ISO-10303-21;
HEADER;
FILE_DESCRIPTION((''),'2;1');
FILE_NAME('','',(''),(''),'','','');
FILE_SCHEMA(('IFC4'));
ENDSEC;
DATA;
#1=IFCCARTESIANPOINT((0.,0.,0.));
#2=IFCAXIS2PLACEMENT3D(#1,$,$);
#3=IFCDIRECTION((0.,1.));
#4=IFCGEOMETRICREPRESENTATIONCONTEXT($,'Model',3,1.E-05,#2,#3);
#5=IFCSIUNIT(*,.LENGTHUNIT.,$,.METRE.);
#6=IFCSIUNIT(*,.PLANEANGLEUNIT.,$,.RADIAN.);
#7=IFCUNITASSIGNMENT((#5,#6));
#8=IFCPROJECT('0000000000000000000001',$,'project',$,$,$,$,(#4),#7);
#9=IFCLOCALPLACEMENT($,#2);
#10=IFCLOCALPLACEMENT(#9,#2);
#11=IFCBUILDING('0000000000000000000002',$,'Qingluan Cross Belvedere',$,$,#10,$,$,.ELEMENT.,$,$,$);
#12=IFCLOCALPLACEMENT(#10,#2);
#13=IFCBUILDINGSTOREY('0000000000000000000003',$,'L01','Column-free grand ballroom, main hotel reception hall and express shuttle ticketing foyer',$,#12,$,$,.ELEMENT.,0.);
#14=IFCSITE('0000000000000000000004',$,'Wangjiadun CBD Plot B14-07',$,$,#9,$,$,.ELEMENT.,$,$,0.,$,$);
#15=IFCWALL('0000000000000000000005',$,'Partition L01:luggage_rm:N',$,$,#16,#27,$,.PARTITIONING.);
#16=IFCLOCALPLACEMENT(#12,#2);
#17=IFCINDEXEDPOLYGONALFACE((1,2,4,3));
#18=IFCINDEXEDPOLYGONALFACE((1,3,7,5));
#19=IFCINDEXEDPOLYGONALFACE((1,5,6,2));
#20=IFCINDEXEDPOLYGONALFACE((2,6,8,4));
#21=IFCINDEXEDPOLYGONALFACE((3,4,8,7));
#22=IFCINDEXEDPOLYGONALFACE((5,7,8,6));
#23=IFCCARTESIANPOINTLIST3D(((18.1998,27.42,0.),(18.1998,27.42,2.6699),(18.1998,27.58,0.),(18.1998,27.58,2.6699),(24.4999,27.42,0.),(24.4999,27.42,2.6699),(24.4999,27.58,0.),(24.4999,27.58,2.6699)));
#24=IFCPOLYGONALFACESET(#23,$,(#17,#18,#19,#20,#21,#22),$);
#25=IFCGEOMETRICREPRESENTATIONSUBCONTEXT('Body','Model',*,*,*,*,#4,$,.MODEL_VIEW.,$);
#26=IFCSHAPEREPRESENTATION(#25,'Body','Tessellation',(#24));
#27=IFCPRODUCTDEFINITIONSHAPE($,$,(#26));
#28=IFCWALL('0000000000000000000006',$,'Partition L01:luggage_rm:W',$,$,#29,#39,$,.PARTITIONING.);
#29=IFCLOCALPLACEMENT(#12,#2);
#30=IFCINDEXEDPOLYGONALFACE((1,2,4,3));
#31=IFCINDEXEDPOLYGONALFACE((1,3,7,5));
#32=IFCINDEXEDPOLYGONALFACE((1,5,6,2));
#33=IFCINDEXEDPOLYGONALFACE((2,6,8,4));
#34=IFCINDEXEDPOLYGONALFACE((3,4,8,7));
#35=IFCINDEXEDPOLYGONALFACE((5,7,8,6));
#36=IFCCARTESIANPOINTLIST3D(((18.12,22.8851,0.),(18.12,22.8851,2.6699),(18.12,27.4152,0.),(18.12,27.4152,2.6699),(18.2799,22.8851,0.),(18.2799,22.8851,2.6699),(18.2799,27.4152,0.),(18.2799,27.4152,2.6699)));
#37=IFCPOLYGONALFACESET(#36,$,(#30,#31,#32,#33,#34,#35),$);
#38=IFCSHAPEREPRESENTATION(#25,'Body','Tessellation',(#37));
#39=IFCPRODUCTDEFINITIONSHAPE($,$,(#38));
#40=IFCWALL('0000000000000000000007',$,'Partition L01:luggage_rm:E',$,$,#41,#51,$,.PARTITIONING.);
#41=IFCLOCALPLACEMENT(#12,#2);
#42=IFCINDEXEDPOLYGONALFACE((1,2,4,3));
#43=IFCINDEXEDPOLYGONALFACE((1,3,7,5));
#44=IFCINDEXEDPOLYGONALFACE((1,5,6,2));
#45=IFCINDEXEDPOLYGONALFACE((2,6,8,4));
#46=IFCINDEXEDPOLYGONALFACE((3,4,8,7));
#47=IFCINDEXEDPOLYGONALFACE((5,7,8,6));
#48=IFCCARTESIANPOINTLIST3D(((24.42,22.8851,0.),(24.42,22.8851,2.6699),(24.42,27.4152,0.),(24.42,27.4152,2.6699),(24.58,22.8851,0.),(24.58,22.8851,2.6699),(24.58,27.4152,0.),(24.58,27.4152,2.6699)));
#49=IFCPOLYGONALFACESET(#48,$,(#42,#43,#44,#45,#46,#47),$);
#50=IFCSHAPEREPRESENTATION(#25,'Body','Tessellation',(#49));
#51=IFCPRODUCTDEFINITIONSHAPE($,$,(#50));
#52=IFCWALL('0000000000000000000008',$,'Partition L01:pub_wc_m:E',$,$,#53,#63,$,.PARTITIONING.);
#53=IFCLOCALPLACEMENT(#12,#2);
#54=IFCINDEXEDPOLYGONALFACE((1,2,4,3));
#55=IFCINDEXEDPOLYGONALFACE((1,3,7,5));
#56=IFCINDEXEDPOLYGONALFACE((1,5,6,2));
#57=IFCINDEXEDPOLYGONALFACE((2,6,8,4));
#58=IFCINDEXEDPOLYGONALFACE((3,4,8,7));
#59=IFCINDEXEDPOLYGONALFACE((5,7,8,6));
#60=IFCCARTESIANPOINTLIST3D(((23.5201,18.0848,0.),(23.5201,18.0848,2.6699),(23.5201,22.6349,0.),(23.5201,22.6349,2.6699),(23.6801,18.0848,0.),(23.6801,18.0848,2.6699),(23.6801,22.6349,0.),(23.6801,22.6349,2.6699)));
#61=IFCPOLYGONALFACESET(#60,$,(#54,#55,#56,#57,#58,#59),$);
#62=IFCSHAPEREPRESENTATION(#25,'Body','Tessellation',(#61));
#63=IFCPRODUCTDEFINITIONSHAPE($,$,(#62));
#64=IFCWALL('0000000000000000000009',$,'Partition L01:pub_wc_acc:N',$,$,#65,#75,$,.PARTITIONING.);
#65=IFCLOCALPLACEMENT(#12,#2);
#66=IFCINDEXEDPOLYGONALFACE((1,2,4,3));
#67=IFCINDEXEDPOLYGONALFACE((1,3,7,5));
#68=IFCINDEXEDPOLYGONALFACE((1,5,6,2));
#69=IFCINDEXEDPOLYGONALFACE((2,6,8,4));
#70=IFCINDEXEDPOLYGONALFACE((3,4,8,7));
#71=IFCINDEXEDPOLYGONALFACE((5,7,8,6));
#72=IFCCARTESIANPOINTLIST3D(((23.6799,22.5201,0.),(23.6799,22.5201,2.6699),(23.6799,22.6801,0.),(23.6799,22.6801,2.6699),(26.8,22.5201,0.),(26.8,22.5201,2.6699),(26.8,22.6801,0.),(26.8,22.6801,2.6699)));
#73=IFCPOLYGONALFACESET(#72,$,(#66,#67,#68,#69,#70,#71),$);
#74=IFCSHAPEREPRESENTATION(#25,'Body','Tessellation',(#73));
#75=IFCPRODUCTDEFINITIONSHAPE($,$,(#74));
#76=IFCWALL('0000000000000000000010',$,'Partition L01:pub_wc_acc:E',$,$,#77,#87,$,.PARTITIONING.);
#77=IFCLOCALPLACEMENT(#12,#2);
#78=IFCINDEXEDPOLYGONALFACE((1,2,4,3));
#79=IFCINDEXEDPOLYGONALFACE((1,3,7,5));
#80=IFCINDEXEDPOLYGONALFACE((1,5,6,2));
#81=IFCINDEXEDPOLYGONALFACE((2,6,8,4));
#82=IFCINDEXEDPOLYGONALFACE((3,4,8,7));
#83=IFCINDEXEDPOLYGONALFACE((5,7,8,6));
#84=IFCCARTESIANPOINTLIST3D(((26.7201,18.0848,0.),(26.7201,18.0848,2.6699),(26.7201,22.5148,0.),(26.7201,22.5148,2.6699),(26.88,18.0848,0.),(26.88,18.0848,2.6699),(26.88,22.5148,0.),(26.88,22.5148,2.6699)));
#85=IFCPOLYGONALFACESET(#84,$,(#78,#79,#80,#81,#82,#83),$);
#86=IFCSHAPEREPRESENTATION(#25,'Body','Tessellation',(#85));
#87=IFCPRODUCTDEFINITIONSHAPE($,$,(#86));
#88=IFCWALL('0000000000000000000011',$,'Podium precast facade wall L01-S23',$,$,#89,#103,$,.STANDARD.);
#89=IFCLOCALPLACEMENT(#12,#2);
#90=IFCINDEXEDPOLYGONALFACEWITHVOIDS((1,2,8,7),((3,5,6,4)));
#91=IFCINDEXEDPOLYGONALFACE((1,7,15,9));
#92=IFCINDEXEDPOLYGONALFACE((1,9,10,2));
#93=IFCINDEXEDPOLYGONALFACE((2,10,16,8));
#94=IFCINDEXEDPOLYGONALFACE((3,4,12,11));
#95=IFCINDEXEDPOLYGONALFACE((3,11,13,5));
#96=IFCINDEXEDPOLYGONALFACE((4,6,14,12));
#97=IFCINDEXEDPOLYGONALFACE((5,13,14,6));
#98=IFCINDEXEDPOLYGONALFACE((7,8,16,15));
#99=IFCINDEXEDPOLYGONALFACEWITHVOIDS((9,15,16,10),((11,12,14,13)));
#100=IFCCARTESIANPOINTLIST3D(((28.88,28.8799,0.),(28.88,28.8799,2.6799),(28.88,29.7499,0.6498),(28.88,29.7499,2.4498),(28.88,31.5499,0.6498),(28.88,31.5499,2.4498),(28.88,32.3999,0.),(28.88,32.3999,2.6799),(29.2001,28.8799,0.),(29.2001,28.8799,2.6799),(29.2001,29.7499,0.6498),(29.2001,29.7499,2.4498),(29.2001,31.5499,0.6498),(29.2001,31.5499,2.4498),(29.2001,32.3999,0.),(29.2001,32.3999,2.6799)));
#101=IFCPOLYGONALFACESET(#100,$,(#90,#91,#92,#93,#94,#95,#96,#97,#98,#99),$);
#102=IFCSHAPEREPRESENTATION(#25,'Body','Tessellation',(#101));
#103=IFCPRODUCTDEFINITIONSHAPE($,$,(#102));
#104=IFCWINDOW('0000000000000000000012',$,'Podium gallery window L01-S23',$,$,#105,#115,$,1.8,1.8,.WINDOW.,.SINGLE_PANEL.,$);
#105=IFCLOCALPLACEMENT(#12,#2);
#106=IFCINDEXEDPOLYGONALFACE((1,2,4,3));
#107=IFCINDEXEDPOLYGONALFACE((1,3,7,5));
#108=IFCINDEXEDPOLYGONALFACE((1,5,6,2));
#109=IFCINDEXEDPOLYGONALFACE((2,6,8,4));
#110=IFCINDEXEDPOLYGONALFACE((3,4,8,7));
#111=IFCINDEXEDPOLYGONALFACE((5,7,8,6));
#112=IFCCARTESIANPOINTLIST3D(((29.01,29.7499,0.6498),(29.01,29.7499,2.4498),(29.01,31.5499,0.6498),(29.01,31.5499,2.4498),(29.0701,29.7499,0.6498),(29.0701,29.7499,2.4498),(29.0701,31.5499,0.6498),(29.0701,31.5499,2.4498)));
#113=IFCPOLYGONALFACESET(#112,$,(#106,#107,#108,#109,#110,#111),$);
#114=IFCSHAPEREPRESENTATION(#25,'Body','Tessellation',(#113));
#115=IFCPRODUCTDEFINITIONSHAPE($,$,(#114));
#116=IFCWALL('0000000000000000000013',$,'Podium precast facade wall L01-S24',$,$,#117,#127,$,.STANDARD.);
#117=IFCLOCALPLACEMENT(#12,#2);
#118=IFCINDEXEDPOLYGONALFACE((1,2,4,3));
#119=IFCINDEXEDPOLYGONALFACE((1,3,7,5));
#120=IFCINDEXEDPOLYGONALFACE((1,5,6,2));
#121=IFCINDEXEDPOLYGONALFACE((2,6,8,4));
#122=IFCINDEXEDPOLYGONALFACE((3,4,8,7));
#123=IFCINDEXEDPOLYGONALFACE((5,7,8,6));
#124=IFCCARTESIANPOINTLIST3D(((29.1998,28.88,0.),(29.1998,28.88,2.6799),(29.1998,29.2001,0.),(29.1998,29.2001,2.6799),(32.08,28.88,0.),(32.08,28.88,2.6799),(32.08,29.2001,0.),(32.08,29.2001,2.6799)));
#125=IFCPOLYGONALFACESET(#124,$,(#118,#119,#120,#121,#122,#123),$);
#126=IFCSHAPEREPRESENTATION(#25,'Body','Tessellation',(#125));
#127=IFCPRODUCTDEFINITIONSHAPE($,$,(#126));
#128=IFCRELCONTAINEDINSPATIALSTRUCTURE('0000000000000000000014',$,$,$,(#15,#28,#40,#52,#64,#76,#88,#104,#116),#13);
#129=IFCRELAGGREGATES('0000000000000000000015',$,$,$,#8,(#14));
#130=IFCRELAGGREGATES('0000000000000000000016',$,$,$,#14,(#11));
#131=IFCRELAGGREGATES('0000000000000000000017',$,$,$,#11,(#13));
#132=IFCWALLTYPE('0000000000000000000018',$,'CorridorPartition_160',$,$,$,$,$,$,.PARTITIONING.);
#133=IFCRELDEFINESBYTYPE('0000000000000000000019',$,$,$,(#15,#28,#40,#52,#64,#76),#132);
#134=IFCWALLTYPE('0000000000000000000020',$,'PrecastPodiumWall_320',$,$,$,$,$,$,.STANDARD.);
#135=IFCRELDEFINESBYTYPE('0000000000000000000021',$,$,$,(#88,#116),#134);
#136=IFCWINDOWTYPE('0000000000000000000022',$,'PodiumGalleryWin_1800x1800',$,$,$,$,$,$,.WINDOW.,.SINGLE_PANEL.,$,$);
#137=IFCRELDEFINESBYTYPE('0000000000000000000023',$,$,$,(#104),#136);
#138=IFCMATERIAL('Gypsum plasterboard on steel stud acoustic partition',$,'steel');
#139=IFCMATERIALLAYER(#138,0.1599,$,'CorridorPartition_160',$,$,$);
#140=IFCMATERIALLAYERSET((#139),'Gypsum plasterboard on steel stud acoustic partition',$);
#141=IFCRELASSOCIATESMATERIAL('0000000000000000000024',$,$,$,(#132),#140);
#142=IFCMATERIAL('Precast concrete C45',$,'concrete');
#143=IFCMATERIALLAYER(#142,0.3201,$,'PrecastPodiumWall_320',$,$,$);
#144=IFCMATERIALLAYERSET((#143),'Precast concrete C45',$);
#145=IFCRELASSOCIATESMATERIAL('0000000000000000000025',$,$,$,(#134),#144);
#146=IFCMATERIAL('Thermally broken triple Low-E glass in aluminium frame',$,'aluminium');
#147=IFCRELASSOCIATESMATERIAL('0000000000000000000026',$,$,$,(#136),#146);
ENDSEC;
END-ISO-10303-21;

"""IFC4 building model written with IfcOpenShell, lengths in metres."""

from ifc_helpers import new_model, si_unit, direction, frame, frame_2d, origin, place, context, subcontext, project, spatial, rectangle, extrude, material, layer, layer_set, type_object, element, fill, save


model = new_model("IFC4")

# Units and contexts
model_context = context("Model", 3, precision=1e-05, world=origin(), true_north=direction((0.0, 1.0)))
body_context = subcontext(model_context, "Body", "Model", "MODEL_VIEW")
ifc_project = project(units=[si_unit("LENGTHUNIT", "METRE"), si_unit("PLANEANGLEUNIT", "RADIAN")], contexts=[model_context])

# Site, building, storey
site_placement = place(None, origin())
site = spatial("IfcSite", under=ifc_project, at=site_placement, Name="Wangjiadun CBD Plot B14-07", CompositionType="ELEMENT", RefElevation=0.0)
building_placement = place(site_placement, origin())
building = spatial("IfcBuilding", under=site, at=building_placement, Name="Qingluan Cross Belvedere", CompositionType="ELEMENT")
storey_placement = place(building_placement, origin())
storey = spatial("IfcBuildingStorey", under=building, at=storey_placement, Name="L01", Description="Column-free grand ballroom, main hotel reception hall and express shuttle ticketing foyer", CompositionType="ELEMENT", Elevation=0.0)

# Walls
ifc_material_1 = material(Name="Gypsum plasterboard on steel stud acoustic partition", Category="steel")
ifc_layer_1 = layer(ifc_material_1, 0.1599, Name="CorridorPartition_160")
ifc_layer_set_1 = layer_set([ifc_layer_1], Name="Gypsum plasterboard on steel stud acoustic partition")
wall_type_1 = type_object("IfcWallType", Name="CorridorPartition_160", PredefinedType="PARTITIONING", material=ifc_layer_set_1)
wall_1_placement = place(storey_placement, frame((18.2, 27.5, 0.0), z_axis=(0.0, 0.0, 1.0), x_axis=(1.0, 0.0, 0.0)))
element("IfcWall", 1, at=wall_1_placement, inside=storey, type_object=wall_type_1, Name="Partition L01:luggage_rm:N", PredefinedType="PARTITIONING", context=body_context, shape_type="SweptSolid", body=[
    extrude(rectangle(XDim=6.3, YDim=0.1599, at=frame_2d((3.1499, 0.0))), origin(), (0.0, 0.0, 1.0), 2.6699),
])
for number, where, z_axis, x_axis, name in (
    (2, (18.2, 22.885, 0.0), (0.0, 0.0, 1.0), (0.0, 1.0, 0.0), "Partition L01:luggage_rm:W"),
    (3, (24.5, 22.885, 0.0), (0.0, 0.0, 1.0), (0.0, 1.0, 0.0), "Partition L01:luggage_rm:E"),
):
    element("IfcWall", number, at=place(storey_placement, frame(where, z_axis=z_axis, x_axis=x_axis)), inside=storey, type_object=wall_type_1, Name=name, PredefinedType="PARTITIONING", context=body_context, shape_type="SweptSolid", body=[
        extrude(rectangle(XDim=4.53, YDim=0.1599, at=frame_2d((2.2651, 0.0))), origin(), (0.0, 0.0, 1.0), 2.6699),
    ])
wall_2_placement = place(storey_placement, frame((23.6001, 18.085, 0.0), z_axis=(0.0, 0.0, 1.0), x_axis=(0.0, 1.0, 0.0)))
element("IfcWall", 4, at=wall_2_placement, inside=storey, type_object=wall_type_1, Name="Partition L01:pub_wc_m:E", PredefinedType="PARTITIONING", context=body_context, shape_type="SweptSolid", body=[
    extrude(rectangle(XDim=4.55, YDim=0.1599, at=frame_2d((2.2749, 0.0))), origin(), (0.0, 0.0, 1.0), 2.6699),
])

# Walls
wall_3_placement = place(storey_placement, frame((23.6799, 22.6001, 0.0), z_axis=(0.0, 0.0, 1.0), x_axis=(1.0, 0.0, 0.0)))
element("IfcWall", 5, at=wall_3_placement, inside=storey, type_object=wall_type_1, Name="Partition L01:pub_wc_acc:N", PredefinedType="PARTITIONING", context=body_context, shape_type="SweptSolid", body=[
    extrude(rectangle(XDim=3.1201, YDim=0.1599, at=frame_2d((1.5601, 0.0))), origin(), (0.0, 0.0, 1.0), 2.6699),
])
wall_4_placement = place(storey_placement, frame((26.8, 18.085, 0.0), z_axis=(0.0, 0.0, 1.0), x_axis=(0.0, 1.0, 0.0)))
element("IfcWall", 6, at=wall_4_placement, inside=storey, type_object=wall_type_1, Name="Partition L01:pub_wc_acc:E", PredefinedType="PARTITIONING", context=body_context, shape_type="SweptSolid", body=[
    extrude(rectangle(XDim=4.4299, YDim=0.1599, at=frame_2d((2.2148, 0.0))), origin(), (0.0, 0.0, 1.0), 2.6699),
])

# Shared definitions
ifc_material_2 = material(Name="Precast concrete C45", Category="concrete")
ifc_layer_2 = layer(ifc_material_2, 0.3201, Name="PrecastPodiumWall_320")
ifc_layer_set_2 = layer_set([ifc_layer_2], Name="Precast concrete C45")
wall_type_2 = type_object("IfcWallType", Name="PrecastPodiumWall_320", PredefinedType="STANDARD", material=ifc_layer_set_2)

# Wall, opening, window
wall_5_placement = place(storey_placement, frame((29.04, 32.3999, 0.0), z_axis=(0.0, 0.0, 1.0), x_axis=(0.0, -1.0, 0.0)))
wall_5 = element("IfcWall", 7, at=wall_5_placement, inside=storey, type_object=wall_type_2, Name="Podium precast facade wall L01-S23", PredefinedType="STANDARD", context=body_context, shape_type="SweptSolid", body=[
    extrude(rectangle(XDim=3.52, YDim=0.3201, at=frame_2d((1.76, 0.0))), origin(), (0.0, 0.0, 1.0), 2.6799),
])
opening_1_placement = place(wall_5_placement, frame((0.8501, 0.0, 0.6499)))
opening_1 = element("IfcOpeningElement", 8, at=opening_1_placement, cuts=wall_5, PredefinedType="OPENING", context=body_context, shape_type="SweptSolid", body=[
    extrude(rectangle(XDim=1.8, YDim=1.8, at=frame_2d((0.8999, 0.8999))), frame((0.0, 0.1699, 0.0), z_axis=(0.0, -1.0, 0.0), x_axis=(1.0, 0.0, 0.0)), (0.0, 0.0, 1.0), 0.3401),
])
ifc_material_3 = material(Name="Thermally broken triple Low-E glass in aluminium frame", Category="aluminium")
window_type = type_object("IfcWindowType", Name="PodiumGalleryWin_1800x1800", PartitioningType="SINGLE_PANEL", PredefinedType="WINDOW", material=ifc_material_3)
window_1_placement = place(opening_1_placement, origin())
window_1 = element("IfcWindow", 9, at=window_1_placement, inside=storey, type_object=window_type, Name="Podium gallery window L01-S23", OverallHeight=1.8, OverallWidth=1.8, PartitioningType="SINGLE_PANEL", PredefinedType="WINDOW", context=body_context, shape_type="SweptSolid", body=[
    extrude(rectangle(XDim=1.8, YDim=1.8, at=frame_2d((0.8999, 0.8999))), frame((0.0, 0.03, 0.0), z_axis=(0.0, -1.0, 0.0), x_axis=(1.0, 0.0, 0.0)), (0.0, 0.0, 1.0), 0.0601),
])
fill(opening_1, window_1)

# Wall
wall_6_placement = place(storey_placement, frame((29.2, 29.04, 0.0), z_axis=(0.0, 0.0, 1.0), x_axis=(1.0, 0.0, 0.0)))
element("IfcWall", 10, at=wall_6_placement, inside=storey, type_object=wall_type_2, Name="Podium precast facade wall L01-S24", PredefinedType="STANDARD", context=body_context, shape_type="SweptSolid", body=[
    extrude(rectangle(XDim=2.8801, YDim=0.3201, at=frame_2d((1.4399, 0.0))), origin(), (0.0, 0.0, 1.0), 2.6799),
])

save(model, "model.ifc")
